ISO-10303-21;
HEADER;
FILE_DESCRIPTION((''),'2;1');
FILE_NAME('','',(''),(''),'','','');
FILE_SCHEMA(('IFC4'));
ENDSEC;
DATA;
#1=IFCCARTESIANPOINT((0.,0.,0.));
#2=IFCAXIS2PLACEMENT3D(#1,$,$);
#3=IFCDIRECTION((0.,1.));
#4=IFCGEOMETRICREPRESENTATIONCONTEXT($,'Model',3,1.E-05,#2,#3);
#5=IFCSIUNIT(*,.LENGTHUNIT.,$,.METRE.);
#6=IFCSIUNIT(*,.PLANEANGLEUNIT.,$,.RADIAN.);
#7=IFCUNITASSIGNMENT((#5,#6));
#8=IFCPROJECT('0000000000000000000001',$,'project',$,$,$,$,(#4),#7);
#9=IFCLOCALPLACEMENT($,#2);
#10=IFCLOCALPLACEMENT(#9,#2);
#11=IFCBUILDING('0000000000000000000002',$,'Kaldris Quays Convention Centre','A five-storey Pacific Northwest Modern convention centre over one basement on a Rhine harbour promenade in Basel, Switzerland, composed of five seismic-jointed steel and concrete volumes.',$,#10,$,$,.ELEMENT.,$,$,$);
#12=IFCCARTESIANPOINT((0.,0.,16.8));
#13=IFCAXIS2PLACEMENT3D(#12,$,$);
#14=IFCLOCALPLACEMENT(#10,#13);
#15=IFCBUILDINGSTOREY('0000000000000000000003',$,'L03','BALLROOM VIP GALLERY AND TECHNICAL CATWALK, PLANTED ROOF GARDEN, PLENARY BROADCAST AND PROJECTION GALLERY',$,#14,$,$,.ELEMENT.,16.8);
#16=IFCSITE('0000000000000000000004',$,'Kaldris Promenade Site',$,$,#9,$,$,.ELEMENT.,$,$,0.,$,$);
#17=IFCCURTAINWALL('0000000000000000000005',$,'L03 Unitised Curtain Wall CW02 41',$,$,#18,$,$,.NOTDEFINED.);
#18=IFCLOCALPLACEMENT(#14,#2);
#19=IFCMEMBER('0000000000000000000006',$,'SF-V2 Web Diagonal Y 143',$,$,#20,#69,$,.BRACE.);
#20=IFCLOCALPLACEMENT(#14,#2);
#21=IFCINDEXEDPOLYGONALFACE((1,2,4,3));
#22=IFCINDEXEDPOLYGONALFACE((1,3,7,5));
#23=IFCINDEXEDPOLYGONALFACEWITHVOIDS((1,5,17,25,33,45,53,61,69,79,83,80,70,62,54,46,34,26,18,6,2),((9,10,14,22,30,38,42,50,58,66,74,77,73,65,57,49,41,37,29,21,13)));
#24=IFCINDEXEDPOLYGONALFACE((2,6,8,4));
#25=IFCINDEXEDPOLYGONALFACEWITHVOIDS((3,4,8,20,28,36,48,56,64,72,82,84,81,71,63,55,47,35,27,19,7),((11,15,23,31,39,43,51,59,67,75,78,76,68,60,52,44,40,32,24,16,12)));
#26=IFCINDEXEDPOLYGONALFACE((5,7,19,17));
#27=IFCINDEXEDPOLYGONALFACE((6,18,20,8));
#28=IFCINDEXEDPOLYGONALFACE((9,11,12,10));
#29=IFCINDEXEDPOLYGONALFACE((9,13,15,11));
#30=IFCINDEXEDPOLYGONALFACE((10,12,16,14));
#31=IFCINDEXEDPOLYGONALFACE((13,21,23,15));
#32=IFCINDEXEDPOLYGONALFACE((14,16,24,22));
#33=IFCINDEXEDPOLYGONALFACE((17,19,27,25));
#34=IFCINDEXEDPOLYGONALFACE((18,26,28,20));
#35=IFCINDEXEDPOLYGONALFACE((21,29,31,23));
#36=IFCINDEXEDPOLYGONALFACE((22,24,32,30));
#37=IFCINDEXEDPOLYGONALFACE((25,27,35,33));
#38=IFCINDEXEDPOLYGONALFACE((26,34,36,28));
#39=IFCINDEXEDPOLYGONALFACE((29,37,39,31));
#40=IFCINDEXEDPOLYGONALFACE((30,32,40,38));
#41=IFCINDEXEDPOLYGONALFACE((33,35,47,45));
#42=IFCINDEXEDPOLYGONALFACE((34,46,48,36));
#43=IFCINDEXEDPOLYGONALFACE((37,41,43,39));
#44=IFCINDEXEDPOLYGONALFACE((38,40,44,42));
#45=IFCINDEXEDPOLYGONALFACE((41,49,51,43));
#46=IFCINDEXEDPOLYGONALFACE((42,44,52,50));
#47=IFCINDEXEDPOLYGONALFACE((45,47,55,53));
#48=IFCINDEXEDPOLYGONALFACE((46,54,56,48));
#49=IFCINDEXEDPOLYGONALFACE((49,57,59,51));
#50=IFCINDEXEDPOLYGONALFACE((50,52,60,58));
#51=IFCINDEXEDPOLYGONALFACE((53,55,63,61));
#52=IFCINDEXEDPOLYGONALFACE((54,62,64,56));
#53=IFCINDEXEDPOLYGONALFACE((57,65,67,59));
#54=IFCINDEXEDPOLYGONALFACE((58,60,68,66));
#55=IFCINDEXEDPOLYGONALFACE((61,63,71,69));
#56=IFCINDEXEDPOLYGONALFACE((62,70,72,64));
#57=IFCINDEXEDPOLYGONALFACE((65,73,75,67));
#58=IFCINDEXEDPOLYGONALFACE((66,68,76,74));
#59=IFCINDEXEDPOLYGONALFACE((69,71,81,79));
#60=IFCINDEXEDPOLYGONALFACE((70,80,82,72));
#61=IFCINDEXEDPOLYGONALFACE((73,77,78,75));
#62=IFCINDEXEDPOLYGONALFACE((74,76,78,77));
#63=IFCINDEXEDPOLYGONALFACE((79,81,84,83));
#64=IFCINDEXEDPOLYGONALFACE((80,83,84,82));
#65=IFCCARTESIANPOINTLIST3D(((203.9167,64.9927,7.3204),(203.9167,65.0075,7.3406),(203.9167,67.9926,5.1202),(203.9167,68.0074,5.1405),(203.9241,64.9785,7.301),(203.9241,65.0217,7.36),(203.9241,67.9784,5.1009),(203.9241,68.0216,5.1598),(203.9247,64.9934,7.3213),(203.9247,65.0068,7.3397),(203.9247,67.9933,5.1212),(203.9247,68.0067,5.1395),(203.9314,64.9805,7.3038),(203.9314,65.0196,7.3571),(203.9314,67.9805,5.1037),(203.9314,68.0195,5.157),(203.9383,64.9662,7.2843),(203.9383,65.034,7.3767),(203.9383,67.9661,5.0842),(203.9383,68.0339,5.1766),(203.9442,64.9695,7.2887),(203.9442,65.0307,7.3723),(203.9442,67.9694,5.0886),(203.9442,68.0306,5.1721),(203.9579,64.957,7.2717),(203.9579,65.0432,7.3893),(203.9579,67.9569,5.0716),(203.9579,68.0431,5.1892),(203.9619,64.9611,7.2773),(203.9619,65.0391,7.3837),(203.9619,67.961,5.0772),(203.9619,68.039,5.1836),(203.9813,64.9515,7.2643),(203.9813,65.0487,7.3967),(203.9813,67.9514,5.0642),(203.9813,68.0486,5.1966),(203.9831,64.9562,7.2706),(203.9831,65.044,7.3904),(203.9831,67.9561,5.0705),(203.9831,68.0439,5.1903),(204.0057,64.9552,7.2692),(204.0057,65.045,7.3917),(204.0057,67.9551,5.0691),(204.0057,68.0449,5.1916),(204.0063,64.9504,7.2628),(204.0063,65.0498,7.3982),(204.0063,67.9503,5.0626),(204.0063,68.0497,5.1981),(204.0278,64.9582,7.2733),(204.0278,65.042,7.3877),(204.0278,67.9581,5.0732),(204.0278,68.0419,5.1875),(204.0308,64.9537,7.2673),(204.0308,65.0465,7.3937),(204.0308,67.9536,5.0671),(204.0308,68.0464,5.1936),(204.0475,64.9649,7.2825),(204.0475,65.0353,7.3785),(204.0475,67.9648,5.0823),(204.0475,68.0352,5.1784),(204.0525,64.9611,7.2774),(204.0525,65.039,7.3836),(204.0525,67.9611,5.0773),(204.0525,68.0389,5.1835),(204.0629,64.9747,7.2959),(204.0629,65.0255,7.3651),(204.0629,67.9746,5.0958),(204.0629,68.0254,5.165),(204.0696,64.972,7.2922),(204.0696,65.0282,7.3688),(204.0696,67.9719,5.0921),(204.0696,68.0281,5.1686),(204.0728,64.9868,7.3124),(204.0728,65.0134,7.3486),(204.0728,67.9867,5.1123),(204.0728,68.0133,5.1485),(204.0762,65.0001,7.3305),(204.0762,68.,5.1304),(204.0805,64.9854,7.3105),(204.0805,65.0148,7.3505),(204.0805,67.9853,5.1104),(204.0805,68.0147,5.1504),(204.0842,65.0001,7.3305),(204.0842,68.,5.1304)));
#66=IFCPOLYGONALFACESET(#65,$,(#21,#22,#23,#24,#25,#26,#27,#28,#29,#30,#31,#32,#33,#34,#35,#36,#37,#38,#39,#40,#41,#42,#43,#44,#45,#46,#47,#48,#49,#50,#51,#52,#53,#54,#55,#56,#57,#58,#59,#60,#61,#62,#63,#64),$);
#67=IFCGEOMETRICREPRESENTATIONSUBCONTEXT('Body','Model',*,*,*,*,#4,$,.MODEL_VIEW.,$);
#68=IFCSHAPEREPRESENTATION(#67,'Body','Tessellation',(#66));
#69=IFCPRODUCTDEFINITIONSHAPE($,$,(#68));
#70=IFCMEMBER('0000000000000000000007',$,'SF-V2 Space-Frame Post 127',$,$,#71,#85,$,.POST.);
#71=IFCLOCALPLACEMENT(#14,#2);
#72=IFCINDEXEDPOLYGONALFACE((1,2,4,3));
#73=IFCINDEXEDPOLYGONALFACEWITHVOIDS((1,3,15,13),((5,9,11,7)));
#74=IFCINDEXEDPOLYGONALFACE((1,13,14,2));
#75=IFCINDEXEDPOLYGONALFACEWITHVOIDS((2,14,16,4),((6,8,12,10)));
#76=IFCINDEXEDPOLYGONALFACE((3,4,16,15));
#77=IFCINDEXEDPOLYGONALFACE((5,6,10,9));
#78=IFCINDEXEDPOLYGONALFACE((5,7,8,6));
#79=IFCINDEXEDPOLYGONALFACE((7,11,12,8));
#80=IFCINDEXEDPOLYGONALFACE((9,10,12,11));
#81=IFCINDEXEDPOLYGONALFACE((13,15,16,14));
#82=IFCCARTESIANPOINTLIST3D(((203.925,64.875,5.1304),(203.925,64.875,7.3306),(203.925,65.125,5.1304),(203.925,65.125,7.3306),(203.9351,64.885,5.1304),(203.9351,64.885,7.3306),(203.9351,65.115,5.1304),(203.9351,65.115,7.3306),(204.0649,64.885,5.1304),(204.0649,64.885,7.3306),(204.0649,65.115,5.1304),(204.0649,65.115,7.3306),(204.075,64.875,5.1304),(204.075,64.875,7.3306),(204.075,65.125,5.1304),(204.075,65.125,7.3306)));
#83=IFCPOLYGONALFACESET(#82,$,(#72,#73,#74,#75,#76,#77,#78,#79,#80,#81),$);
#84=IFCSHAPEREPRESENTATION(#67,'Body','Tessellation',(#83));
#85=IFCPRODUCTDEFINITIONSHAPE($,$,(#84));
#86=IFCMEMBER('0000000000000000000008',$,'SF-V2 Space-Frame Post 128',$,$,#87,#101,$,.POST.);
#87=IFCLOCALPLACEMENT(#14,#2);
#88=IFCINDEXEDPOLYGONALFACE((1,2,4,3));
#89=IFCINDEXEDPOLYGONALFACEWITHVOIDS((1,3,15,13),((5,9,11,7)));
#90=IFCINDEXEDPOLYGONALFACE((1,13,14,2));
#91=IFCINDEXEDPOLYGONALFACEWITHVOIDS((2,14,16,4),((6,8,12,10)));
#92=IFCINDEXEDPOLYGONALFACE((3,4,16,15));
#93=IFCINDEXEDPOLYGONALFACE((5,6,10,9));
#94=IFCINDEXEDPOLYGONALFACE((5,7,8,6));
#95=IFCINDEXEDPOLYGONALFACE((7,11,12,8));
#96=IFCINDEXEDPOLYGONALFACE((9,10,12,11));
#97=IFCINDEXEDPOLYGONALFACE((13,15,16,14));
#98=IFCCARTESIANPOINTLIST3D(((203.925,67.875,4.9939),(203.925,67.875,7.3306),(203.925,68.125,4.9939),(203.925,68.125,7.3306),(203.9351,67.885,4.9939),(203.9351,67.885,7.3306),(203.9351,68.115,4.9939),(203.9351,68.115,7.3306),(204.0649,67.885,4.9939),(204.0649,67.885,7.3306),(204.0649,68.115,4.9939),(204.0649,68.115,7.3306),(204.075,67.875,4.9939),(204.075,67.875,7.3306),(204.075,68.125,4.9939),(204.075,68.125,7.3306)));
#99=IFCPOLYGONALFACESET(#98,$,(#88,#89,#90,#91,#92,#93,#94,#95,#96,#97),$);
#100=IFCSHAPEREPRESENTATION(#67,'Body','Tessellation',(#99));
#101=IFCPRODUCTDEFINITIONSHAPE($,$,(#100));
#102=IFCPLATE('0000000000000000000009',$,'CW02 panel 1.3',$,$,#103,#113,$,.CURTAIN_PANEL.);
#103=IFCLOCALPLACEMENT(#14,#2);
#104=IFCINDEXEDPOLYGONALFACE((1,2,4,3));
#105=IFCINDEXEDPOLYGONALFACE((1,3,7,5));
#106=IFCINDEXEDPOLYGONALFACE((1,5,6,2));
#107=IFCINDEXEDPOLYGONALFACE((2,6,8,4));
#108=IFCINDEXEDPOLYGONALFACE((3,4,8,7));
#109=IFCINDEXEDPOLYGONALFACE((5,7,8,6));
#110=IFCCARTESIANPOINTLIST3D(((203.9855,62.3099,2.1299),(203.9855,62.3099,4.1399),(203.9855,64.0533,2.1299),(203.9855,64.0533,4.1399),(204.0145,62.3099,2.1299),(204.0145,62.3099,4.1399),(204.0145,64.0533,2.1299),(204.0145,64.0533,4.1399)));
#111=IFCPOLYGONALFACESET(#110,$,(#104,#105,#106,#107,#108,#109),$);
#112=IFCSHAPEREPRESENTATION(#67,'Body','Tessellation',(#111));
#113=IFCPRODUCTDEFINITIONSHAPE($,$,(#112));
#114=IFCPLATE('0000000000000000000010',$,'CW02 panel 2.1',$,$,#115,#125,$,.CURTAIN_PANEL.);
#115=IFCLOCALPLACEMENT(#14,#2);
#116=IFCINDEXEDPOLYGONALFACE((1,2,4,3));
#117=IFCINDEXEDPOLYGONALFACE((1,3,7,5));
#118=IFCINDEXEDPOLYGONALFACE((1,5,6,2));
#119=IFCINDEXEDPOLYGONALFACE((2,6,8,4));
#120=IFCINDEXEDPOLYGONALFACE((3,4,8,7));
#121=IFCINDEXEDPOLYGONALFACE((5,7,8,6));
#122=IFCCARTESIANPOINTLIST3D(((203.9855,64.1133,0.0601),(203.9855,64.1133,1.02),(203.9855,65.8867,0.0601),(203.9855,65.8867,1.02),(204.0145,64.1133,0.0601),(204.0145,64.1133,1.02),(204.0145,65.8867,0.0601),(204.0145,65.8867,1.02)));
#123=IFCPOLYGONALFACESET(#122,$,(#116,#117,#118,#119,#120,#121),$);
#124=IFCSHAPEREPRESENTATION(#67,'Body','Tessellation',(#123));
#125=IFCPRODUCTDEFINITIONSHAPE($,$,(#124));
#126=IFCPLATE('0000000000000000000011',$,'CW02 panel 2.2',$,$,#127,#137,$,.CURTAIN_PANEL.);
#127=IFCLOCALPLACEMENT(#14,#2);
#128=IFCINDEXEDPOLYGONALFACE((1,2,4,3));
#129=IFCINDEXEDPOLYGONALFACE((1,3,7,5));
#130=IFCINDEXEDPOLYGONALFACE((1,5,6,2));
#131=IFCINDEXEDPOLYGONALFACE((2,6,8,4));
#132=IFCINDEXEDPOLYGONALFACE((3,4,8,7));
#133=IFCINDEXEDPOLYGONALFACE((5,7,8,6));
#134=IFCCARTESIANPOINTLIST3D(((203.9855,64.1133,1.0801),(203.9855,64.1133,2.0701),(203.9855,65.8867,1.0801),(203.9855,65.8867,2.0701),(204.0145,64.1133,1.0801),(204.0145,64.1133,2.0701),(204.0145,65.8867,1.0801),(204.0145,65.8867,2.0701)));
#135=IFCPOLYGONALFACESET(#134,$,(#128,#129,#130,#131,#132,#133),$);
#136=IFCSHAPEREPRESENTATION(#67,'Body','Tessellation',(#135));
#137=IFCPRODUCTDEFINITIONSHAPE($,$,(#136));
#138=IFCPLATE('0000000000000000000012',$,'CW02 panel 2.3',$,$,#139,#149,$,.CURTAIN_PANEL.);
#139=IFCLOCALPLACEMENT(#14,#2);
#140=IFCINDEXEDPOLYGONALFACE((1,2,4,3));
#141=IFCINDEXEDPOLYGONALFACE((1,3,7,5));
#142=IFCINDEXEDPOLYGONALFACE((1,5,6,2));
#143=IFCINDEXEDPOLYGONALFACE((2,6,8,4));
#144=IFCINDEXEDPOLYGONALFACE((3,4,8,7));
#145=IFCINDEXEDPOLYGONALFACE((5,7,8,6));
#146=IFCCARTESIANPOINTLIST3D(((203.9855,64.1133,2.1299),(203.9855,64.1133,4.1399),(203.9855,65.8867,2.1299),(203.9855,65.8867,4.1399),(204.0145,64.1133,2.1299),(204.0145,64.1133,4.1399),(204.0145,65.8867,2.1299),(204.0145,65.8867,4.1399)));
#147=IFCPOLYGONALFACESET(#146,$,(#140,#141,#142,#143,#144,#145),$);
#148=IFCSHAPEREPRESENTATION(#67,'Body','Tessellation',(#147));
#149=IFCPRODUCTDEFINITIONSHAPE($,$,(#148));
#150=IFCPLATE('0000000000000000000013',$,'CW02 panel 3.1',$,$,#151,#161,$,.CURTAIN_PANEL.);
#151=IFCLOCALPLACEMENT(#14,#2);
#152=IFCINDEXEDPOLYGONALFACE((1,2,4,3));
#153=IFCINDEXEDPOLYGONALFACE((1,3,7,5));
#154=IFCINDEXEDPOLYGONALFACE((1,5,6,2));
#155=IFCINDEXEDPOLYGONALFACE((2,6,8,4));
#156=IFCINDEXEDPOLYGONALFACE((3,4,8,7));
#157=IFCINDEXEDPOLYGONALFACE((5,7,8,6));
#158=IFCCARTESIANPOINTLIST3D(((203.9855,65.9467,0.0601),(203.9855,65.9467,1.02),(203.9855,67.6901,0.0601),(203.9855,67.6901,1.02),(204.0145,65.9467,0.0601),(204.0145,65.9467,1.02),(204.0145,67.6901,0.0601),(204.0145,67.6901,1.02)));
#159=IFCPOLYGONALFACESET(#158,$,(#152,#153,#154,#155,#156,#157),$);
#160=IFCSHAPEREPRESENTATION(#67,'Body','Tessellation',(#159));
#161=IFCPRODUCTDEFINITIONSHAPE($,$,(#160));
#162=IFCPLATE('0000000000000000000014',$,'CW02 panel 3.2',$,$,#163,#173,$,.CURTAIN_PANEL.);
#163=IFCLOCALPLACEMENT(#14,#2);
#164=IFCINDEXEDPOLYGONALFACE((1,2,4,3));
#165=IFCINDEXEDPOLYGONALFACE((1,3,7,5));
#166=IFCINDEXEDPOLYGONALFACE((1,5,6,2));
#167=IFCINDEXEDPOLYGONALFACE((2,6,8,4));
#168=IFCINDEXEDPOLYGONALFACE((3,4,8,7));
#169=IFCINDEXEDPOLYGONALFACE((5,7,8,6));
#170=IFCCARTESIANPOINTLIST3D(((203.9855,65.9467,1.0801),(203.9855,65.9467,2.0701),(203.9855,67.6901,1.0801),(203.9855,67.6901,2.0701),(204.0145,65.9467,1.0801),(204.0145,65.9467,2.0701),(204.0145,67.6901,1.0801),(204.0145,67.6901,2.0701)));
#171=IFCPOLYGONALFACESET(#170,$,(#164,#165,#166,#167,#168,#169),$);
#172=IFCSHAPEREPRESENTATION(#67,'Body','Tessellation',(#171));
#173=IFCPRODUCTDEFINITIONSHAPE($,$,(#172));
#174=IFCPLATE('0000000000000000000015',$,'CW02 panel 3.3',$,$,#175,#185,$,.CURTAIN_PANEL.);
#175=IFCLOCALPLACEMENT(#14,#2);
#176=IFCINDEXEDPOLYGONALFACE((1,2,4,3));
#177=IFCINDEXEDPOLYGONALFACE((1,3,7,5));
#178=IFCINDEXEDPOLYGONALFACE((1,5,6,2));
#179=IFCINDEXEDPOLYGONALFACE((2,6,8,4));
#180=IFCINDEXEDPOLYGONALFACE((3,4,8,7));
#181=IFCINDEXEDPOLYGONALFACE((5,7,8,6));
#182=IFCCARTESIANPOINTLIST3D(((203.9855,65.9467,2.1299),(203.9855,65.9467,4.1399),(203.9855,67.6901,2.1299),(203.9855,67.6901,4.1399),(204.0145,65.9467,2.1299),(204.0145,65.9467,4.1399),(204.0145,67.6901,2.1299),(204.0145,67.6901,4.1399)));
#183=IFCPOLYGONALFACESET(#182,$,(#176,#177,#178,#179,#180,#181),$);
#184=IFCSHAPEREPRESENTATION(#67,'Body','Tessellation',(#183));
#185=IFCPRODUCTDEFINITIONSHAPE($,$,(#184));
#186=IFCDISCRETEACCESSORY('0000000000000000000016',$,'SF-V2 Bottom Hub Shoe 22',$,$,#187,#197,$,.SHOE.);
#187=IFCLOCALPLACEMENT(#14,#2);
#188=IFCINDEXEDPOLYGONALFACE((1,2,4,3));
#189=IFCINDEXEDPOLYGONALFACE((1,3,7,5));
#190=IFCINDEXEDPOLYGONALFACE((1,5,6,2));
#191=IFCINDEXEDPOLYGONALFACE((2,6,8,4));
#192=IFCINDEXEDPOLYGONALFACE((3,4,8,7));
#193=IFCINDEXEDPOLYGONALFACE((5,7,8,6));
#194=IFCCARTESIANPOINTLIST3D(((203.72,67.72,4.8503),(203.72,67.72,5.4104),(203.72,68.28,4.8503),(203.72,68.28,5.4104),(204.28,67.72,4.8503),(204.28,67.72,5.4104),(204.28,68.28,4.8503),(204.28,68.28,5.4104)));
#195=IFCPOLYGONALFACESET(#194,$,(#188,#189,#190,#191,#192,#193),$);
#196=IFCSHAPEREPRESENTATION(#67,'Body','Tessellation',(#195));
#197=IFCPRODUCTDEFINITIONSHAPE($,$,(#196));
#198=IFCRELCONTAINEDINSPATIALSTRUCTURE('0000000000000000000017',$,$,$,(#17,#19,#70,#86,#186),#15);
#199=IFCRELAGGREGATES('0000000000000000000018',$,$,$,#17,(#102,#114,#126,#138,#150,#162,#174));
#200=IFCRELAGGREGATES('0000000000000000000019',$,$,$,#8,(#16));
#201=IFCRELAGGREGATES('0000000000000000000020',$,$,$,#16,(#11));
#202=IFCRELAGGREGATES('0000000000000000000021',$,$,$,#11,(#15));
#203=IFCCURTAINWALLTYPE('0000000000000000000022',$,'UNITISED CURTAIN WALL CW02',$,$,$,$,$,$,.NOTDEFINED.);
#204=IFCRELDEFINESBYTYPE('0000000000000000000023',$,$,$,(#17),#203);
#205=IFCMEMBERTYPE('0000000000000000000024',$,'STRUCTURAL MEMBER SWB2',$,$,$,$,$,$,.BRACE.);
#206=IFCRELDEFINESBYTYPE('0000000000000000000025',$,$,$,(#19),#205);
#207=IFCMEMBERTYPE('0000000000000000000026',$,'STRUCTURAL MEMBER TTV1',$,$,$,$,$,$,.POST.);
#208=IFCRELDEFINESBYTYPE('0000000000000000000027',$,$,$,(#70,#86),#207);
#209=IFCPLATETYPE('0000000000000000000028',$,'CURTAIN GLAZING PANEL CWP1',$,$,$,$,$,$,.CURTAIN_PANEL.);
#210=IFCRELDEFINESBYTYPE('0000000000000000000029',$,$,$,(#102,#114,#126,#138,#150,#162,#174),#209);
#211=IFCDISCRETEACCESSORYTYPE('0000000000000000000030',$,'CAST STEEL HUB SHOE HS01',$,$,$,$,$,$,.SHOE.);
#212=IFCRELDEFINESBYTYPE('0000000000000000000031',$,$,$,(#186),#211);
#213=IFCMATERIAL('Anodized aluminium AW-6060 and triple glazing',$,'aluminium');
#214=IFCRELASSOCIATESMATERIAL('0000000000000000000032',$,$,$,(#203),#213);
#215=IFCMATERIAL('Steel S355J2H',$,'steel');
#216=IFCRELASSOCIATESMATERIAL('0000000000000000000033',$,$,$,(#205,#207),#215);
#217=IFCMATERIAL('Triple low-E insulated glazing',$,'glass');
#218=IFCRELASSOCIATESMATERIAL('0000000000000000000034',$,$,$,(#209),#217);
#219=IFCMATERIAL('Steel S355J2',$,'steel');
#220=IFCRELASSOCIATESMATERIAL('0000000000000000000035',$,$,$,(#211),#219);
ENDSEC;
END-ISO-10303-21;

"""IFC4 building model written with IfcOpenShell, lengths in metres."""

from ifc_helpers import new_model, si_unit, direction, frame, origin, origin_2d, place, context, subcontext, project, spatial, rectangle, hollow_rectangle, hollow_circle, extrude, material, material_profile, profile_set, type_object, element, aggregate, save


model = new_model("IFC4")

# Units and contexts
model_context = context("Model", 3, precision=1e-05, world=origin(), true_north=direction((0.0, 1.0)))
body_context = subcontext(model_context, "Body", "Model", "MODEL_VIEW")
ifc_project = project(units=[si_unit("LENGTHUNIT", "METRE"), si_unit("PLANEANGLEUNIT", "RADIAN")], contexts=[model_context])

# Site, building, storey
site_placement = place(None, origin())
site = spatial("IfcSite", under=ifc_project, at=site_placement, Name="Kaldris Promenade Site", CompositionType="ELEMENT", RefElevation=0.0)
building_placement = place(site_placement, origin())
building = spatial("IfcBuilding", under=site, at=building_placement, Name="Kaldris Quays Convention Centre", Description="A five-storey Pacific Northwest Modern convention centre over one basement on a Rhine harbour promenade in Basel, Switzerland, composed of five seismic-jointed steel and concrete volumes.", CompositionType="ELEMENT")
storey_placement = place(building_placement, frame((0.0, 0.0, 16.8)))
storey = spatial("IfcBuildingStorey", under=building, at=storey_placement, Name="L03", Description="BALLROOM VIP GALLERY AND TECHNICAL CATWALK, PLANTED ROOF GARDEN, PLENARY BROADCAST AND PROJECTION GALLERY", CompositionType="ELEMENT", Elevation=16.8)

# Shared definitions
ifc_material_1 = material(Name="Steel S355J2", Category="steel")

# Curtain wall
ifc_material_2 = material(Name="Anodized aluminium AW-6060 and triple glazing", Category="aluminium")
curtain_wall_type = type_object("IfcCurtainWallType", Name="UNITISED CURTAIN WALL CW02", PredefinedType="NOTDEFINED", material=ifc_material_2)
curtain_wall_placement = place(storey_placement, origin())
curtain_wall = element("IfcCurtainWall", 1, at=curtain_wall_placement, inside=storey, type_object=curtain_wall_type, Name="L03 Unitised Curtain Wall CW02 41", PredefinedType="NOTDEFINED")

# Members
ifc_material_3 = material(Name="Steel S355J2H", Category="steel")
ifc_material_profile_1 = material_profile(ifc_material_3, hollow_circle(Radius=0.0842, WallThickness=0.0081, at=origin_2d()), Name="CHS 168.3x8")
ifc_profile_set_1 = profile_set([ifc_material_profile_1], Name="Steel S355J2H")
member_type_1 = type_object("IfcMemberType", Name="STRUCTURAL MEMBER SWB2", PredefinedType="BRACE", material=ifc_profile_set_1)
member_1_placement = place(storey_placement, frame((204.0, 68.0, 5.1304), z_axis=(0.0, -0.80638, 0.591398), x_axis=(1.0, 0.0, 0.0)))
element("IfcMember", 2, at=member_1_placement, inside=storey, type_object=member_type_1, Name="SF-V2 Web Diagonal Y 143", PredefinedType="BRACE", context=body_context, shape_type="SweptSolid", body=[
    extrude(hollow_circle(Radius=0.0842, WallThickness=0.0081, at=origin_2d()), origin(), (0.0, 0.0, 1.0), 3.7202),
])
ifc_material_profile_2 = material_profile(ifc_material_3, hollow_rectangle(XDim=0.1499, YDim=0.25, WallThickness=0.01, at=origin_2d()), Name="RHS 250x150x10")
ifc_profile_set_2 = profile_set([ifc_material_profile_2], Name="Steel S355J2H")
member_type_2 = type_object("IfcMemberType", Name="STRUCTURAL MEMBER TTV1", PredefinedType="POST", material=ifc_profile_set_2)
member_2_placement = place(storey_placement, frame((204.0, 65.0, 5.1304), z_axis=(0.0, 0.0, 1.0), x_axis=(1.0, 0.0, 0.0)))
element("IfcMember", 3, at=member_2_placement, inside=storey, type_object=member_type_2, Name="SF-V2 Space-Frame Post 127", PredefinedType="POST", context=body_context, shape_type="SweptSolid", body=[
    extrude(hollow_rectangle(XDim=0.1499, YDim=0.25, WallThickness=0.01, at=origin_2d()), origin(), (0.0, 0.0, 1.0), 2.2002),
])
member_3_placement = place(storey_placement, frame((204.0, 68.0, 4.9939), z_axis=(0.0, 0.0, 1.0), x_axis=(1.0, 0.0, 0.0)))
element("IfcMember", 4, at=member_3_placement, inside=storey, type_object=member_type_2, Name="SF-V2 Space-Frame Post 128", PredefinedType="POST", context=body_context, shape_type="SweptSolid", body=[
    extrude(hollow_rectangle(XDim=0.1499, YDim=0.25, WallThickness=0.01, at=origin_2d()), origin(), (0.0, 0.0, 1.0), 2.3367),
])

# Plates
ifc_material_4 = material(Name="Triple low-E insulated glazing", Category="glass")
plate_type = type_object("IfcPlateType", Name="CURTAIN GLAZING PANEL CWP1", PredefinedType="CURTAIN_PANEL", material=ifc_material_4)
plate_1_placement = place(storey_placement, frame((204.0, 63.1816, 2.1299), z_axis=(0.0, 0.0, 1.0), x_axis=(0.0, 1.0, 0.0)))
plate_1 = element("IfcPlate", 5, at=plate_1_placement, type_object=plate_type, Name="CW02 panel 1.3", PredefinedType="CURTAIN_PANEL", context=body_context, shape_type="SweptSolid", body=[
    extrude(rectangle(XDim=1.7434, YDim=0.0291, at=origin_2d()), origin(), (0.0, 0.0, 1.0), 2.01),
])
plate_2_placement = place(storey_placement, frame((204.0, 65.0, 0.0601), z_axis=(0.0, 0.0, 1.0), x_axis=(0.0, 1.0, 0.0)))
plate_2 = element("IfcPlate", 6, at=plate_2_placement, type_object=plate_type, Name="CW02 panel 2.1", PredefinedType="CURTAIN_PANEL", context=body_context, shape_type="SweptSolid", body=[
    extrude(rectangle(XDim=1.7734, YDim=0.0291, at=origin_2d()), origin(), (0.0, 0.0, 1.0), 0.96),
])
plate_3_placement = place(storey_placement, frame((204.0, 65.0, 1.0801), z_axis=(0.0, 0.0, 1.0), x_axis=(0.0, 1.0, 0.0)))
plate_3 = element("IfcPlate", 7, at=plate_3_placement, type_object=plate_type, Name="CW02 panel 2.2", PredefinedType="CURTAIN_PANEL", context=body_context, shape_type="SweptSolid", body=[
    extrude(rectangle(XDim=1.7734, YDim=0.0291, at=origin_2d()), origin(), (0.0, 0.0, 1.0), 0.99),
])
plate_4_placement = place(storey_placement, frame((204.0, 65.0, 2.1299), z_axis=(0.0, 0.0, 1.0), x_axis=(0.0, 1.0, 0.0)))
plate_4 = element("IfcPlate", 8, at=plate_4_placement, type_object=plate_type, Name="CW02 panel 2.3", PredefinedType="CURTAIN_PANEL", context=body_context, shape_type="SweptSolid", body=[
    extrude(rectangle(XDim=1.7734, YDim=0.0291, at=origin_2d()), origin(), (0.0, 0.0, 1.0), 2.01),
])
plate_5_placement = place(storey_placement, frame((204.0, 66.8184, 0.0601), z_axis=(0.0, 0.0, 1.0), x_axis=(0.0, 1.0, 0.0)))
plate_5 = element("IfcPlate", 9, at=plate_5_placement, type_object=plate_type, Name="CW02 panel 3.1", PredefinedType="CURTAIN_PANEL", context=body_context, shape_type="SweptSolid", body=[
    extrude(rectangle(XDim=1.7434, YDim=0.0291, at=origin_2d()), origin(), (0.0, 0.0, 1.0), 0.96),
])
plate_6_placement = place(storey_placement, frame((204.0, 66.8184, 1.0801), z_axis=(0.0, 0.0, 1.0), x_axis=(0.0, 1.0, 0.0)))
plate_6 = element("IfcPlate", 10, at=plate_6_placement, type_object=plate_type, Name="CW02 panel 3.2", PredefinedType="CURTAIN_PANEL", context=body_context, shape_type="SweptSolid", body=[
    extrude(rectangle(XDim=1.7434, YDim=0.0291, at=origin_2d()), origin(), (0.0, 0.0, 1.0), 0.99),
])
plate_7_placement = place(storey_placement, frame((204.0, 66.8184, 2.1299), z_axis=(0.0, 0.0, 1.0), x_axis=(0.0, 1.0, 0.0)))
plate_7 = element("IfcPlate", 11, at=plate_7_placement, type_object=plate_type, Name="CW02 panel 3.3", PredefinedType="CURTAIN_PANEL", context=body_context, shape_type="SweptSolid", body=[
    extrude(rectangle(XDim=1.7434, YDim=0.0291, at=origin_2d()), origin(), (0.0, 0.0, 1.0), 2.01),
])
aggregate(curtain_wall, [plate_1, plate_2, plate_3, plate_4, plate_5, plate_6, plate_7])

# Discrete accessory
discrete_accessory_type = type_object("IfcDiscreteAccessoryType", Name="CAST STEEL HUB SHOE HS01", PredefinedType="SHOE", material=ifc_material_1)
discrete_accessory_placement = place(storey_placement, frame((204.0, 68.0, 4.8503), z_axis=(0.0, 0.0, 1.0), x_axis=(1.0, 0.0, 0.0)))
element("IfcDiscreteAccessory", 12, at=discrete_accessory_placement, inside=storey, type_object=discrete_accessory_type, Name="SF-V2 Bottom Hub Shoe 22", PredefinedType="SHOE", context=body_context, shape_type="SweptSolid", body=[
    extrude(rectangle(XDim=0.5601, YDim=0.5601, at=origin_2d()), origin(), (0.0, 0.0, 1.0), 0.5601),
])

save(model, "model.ifc")
